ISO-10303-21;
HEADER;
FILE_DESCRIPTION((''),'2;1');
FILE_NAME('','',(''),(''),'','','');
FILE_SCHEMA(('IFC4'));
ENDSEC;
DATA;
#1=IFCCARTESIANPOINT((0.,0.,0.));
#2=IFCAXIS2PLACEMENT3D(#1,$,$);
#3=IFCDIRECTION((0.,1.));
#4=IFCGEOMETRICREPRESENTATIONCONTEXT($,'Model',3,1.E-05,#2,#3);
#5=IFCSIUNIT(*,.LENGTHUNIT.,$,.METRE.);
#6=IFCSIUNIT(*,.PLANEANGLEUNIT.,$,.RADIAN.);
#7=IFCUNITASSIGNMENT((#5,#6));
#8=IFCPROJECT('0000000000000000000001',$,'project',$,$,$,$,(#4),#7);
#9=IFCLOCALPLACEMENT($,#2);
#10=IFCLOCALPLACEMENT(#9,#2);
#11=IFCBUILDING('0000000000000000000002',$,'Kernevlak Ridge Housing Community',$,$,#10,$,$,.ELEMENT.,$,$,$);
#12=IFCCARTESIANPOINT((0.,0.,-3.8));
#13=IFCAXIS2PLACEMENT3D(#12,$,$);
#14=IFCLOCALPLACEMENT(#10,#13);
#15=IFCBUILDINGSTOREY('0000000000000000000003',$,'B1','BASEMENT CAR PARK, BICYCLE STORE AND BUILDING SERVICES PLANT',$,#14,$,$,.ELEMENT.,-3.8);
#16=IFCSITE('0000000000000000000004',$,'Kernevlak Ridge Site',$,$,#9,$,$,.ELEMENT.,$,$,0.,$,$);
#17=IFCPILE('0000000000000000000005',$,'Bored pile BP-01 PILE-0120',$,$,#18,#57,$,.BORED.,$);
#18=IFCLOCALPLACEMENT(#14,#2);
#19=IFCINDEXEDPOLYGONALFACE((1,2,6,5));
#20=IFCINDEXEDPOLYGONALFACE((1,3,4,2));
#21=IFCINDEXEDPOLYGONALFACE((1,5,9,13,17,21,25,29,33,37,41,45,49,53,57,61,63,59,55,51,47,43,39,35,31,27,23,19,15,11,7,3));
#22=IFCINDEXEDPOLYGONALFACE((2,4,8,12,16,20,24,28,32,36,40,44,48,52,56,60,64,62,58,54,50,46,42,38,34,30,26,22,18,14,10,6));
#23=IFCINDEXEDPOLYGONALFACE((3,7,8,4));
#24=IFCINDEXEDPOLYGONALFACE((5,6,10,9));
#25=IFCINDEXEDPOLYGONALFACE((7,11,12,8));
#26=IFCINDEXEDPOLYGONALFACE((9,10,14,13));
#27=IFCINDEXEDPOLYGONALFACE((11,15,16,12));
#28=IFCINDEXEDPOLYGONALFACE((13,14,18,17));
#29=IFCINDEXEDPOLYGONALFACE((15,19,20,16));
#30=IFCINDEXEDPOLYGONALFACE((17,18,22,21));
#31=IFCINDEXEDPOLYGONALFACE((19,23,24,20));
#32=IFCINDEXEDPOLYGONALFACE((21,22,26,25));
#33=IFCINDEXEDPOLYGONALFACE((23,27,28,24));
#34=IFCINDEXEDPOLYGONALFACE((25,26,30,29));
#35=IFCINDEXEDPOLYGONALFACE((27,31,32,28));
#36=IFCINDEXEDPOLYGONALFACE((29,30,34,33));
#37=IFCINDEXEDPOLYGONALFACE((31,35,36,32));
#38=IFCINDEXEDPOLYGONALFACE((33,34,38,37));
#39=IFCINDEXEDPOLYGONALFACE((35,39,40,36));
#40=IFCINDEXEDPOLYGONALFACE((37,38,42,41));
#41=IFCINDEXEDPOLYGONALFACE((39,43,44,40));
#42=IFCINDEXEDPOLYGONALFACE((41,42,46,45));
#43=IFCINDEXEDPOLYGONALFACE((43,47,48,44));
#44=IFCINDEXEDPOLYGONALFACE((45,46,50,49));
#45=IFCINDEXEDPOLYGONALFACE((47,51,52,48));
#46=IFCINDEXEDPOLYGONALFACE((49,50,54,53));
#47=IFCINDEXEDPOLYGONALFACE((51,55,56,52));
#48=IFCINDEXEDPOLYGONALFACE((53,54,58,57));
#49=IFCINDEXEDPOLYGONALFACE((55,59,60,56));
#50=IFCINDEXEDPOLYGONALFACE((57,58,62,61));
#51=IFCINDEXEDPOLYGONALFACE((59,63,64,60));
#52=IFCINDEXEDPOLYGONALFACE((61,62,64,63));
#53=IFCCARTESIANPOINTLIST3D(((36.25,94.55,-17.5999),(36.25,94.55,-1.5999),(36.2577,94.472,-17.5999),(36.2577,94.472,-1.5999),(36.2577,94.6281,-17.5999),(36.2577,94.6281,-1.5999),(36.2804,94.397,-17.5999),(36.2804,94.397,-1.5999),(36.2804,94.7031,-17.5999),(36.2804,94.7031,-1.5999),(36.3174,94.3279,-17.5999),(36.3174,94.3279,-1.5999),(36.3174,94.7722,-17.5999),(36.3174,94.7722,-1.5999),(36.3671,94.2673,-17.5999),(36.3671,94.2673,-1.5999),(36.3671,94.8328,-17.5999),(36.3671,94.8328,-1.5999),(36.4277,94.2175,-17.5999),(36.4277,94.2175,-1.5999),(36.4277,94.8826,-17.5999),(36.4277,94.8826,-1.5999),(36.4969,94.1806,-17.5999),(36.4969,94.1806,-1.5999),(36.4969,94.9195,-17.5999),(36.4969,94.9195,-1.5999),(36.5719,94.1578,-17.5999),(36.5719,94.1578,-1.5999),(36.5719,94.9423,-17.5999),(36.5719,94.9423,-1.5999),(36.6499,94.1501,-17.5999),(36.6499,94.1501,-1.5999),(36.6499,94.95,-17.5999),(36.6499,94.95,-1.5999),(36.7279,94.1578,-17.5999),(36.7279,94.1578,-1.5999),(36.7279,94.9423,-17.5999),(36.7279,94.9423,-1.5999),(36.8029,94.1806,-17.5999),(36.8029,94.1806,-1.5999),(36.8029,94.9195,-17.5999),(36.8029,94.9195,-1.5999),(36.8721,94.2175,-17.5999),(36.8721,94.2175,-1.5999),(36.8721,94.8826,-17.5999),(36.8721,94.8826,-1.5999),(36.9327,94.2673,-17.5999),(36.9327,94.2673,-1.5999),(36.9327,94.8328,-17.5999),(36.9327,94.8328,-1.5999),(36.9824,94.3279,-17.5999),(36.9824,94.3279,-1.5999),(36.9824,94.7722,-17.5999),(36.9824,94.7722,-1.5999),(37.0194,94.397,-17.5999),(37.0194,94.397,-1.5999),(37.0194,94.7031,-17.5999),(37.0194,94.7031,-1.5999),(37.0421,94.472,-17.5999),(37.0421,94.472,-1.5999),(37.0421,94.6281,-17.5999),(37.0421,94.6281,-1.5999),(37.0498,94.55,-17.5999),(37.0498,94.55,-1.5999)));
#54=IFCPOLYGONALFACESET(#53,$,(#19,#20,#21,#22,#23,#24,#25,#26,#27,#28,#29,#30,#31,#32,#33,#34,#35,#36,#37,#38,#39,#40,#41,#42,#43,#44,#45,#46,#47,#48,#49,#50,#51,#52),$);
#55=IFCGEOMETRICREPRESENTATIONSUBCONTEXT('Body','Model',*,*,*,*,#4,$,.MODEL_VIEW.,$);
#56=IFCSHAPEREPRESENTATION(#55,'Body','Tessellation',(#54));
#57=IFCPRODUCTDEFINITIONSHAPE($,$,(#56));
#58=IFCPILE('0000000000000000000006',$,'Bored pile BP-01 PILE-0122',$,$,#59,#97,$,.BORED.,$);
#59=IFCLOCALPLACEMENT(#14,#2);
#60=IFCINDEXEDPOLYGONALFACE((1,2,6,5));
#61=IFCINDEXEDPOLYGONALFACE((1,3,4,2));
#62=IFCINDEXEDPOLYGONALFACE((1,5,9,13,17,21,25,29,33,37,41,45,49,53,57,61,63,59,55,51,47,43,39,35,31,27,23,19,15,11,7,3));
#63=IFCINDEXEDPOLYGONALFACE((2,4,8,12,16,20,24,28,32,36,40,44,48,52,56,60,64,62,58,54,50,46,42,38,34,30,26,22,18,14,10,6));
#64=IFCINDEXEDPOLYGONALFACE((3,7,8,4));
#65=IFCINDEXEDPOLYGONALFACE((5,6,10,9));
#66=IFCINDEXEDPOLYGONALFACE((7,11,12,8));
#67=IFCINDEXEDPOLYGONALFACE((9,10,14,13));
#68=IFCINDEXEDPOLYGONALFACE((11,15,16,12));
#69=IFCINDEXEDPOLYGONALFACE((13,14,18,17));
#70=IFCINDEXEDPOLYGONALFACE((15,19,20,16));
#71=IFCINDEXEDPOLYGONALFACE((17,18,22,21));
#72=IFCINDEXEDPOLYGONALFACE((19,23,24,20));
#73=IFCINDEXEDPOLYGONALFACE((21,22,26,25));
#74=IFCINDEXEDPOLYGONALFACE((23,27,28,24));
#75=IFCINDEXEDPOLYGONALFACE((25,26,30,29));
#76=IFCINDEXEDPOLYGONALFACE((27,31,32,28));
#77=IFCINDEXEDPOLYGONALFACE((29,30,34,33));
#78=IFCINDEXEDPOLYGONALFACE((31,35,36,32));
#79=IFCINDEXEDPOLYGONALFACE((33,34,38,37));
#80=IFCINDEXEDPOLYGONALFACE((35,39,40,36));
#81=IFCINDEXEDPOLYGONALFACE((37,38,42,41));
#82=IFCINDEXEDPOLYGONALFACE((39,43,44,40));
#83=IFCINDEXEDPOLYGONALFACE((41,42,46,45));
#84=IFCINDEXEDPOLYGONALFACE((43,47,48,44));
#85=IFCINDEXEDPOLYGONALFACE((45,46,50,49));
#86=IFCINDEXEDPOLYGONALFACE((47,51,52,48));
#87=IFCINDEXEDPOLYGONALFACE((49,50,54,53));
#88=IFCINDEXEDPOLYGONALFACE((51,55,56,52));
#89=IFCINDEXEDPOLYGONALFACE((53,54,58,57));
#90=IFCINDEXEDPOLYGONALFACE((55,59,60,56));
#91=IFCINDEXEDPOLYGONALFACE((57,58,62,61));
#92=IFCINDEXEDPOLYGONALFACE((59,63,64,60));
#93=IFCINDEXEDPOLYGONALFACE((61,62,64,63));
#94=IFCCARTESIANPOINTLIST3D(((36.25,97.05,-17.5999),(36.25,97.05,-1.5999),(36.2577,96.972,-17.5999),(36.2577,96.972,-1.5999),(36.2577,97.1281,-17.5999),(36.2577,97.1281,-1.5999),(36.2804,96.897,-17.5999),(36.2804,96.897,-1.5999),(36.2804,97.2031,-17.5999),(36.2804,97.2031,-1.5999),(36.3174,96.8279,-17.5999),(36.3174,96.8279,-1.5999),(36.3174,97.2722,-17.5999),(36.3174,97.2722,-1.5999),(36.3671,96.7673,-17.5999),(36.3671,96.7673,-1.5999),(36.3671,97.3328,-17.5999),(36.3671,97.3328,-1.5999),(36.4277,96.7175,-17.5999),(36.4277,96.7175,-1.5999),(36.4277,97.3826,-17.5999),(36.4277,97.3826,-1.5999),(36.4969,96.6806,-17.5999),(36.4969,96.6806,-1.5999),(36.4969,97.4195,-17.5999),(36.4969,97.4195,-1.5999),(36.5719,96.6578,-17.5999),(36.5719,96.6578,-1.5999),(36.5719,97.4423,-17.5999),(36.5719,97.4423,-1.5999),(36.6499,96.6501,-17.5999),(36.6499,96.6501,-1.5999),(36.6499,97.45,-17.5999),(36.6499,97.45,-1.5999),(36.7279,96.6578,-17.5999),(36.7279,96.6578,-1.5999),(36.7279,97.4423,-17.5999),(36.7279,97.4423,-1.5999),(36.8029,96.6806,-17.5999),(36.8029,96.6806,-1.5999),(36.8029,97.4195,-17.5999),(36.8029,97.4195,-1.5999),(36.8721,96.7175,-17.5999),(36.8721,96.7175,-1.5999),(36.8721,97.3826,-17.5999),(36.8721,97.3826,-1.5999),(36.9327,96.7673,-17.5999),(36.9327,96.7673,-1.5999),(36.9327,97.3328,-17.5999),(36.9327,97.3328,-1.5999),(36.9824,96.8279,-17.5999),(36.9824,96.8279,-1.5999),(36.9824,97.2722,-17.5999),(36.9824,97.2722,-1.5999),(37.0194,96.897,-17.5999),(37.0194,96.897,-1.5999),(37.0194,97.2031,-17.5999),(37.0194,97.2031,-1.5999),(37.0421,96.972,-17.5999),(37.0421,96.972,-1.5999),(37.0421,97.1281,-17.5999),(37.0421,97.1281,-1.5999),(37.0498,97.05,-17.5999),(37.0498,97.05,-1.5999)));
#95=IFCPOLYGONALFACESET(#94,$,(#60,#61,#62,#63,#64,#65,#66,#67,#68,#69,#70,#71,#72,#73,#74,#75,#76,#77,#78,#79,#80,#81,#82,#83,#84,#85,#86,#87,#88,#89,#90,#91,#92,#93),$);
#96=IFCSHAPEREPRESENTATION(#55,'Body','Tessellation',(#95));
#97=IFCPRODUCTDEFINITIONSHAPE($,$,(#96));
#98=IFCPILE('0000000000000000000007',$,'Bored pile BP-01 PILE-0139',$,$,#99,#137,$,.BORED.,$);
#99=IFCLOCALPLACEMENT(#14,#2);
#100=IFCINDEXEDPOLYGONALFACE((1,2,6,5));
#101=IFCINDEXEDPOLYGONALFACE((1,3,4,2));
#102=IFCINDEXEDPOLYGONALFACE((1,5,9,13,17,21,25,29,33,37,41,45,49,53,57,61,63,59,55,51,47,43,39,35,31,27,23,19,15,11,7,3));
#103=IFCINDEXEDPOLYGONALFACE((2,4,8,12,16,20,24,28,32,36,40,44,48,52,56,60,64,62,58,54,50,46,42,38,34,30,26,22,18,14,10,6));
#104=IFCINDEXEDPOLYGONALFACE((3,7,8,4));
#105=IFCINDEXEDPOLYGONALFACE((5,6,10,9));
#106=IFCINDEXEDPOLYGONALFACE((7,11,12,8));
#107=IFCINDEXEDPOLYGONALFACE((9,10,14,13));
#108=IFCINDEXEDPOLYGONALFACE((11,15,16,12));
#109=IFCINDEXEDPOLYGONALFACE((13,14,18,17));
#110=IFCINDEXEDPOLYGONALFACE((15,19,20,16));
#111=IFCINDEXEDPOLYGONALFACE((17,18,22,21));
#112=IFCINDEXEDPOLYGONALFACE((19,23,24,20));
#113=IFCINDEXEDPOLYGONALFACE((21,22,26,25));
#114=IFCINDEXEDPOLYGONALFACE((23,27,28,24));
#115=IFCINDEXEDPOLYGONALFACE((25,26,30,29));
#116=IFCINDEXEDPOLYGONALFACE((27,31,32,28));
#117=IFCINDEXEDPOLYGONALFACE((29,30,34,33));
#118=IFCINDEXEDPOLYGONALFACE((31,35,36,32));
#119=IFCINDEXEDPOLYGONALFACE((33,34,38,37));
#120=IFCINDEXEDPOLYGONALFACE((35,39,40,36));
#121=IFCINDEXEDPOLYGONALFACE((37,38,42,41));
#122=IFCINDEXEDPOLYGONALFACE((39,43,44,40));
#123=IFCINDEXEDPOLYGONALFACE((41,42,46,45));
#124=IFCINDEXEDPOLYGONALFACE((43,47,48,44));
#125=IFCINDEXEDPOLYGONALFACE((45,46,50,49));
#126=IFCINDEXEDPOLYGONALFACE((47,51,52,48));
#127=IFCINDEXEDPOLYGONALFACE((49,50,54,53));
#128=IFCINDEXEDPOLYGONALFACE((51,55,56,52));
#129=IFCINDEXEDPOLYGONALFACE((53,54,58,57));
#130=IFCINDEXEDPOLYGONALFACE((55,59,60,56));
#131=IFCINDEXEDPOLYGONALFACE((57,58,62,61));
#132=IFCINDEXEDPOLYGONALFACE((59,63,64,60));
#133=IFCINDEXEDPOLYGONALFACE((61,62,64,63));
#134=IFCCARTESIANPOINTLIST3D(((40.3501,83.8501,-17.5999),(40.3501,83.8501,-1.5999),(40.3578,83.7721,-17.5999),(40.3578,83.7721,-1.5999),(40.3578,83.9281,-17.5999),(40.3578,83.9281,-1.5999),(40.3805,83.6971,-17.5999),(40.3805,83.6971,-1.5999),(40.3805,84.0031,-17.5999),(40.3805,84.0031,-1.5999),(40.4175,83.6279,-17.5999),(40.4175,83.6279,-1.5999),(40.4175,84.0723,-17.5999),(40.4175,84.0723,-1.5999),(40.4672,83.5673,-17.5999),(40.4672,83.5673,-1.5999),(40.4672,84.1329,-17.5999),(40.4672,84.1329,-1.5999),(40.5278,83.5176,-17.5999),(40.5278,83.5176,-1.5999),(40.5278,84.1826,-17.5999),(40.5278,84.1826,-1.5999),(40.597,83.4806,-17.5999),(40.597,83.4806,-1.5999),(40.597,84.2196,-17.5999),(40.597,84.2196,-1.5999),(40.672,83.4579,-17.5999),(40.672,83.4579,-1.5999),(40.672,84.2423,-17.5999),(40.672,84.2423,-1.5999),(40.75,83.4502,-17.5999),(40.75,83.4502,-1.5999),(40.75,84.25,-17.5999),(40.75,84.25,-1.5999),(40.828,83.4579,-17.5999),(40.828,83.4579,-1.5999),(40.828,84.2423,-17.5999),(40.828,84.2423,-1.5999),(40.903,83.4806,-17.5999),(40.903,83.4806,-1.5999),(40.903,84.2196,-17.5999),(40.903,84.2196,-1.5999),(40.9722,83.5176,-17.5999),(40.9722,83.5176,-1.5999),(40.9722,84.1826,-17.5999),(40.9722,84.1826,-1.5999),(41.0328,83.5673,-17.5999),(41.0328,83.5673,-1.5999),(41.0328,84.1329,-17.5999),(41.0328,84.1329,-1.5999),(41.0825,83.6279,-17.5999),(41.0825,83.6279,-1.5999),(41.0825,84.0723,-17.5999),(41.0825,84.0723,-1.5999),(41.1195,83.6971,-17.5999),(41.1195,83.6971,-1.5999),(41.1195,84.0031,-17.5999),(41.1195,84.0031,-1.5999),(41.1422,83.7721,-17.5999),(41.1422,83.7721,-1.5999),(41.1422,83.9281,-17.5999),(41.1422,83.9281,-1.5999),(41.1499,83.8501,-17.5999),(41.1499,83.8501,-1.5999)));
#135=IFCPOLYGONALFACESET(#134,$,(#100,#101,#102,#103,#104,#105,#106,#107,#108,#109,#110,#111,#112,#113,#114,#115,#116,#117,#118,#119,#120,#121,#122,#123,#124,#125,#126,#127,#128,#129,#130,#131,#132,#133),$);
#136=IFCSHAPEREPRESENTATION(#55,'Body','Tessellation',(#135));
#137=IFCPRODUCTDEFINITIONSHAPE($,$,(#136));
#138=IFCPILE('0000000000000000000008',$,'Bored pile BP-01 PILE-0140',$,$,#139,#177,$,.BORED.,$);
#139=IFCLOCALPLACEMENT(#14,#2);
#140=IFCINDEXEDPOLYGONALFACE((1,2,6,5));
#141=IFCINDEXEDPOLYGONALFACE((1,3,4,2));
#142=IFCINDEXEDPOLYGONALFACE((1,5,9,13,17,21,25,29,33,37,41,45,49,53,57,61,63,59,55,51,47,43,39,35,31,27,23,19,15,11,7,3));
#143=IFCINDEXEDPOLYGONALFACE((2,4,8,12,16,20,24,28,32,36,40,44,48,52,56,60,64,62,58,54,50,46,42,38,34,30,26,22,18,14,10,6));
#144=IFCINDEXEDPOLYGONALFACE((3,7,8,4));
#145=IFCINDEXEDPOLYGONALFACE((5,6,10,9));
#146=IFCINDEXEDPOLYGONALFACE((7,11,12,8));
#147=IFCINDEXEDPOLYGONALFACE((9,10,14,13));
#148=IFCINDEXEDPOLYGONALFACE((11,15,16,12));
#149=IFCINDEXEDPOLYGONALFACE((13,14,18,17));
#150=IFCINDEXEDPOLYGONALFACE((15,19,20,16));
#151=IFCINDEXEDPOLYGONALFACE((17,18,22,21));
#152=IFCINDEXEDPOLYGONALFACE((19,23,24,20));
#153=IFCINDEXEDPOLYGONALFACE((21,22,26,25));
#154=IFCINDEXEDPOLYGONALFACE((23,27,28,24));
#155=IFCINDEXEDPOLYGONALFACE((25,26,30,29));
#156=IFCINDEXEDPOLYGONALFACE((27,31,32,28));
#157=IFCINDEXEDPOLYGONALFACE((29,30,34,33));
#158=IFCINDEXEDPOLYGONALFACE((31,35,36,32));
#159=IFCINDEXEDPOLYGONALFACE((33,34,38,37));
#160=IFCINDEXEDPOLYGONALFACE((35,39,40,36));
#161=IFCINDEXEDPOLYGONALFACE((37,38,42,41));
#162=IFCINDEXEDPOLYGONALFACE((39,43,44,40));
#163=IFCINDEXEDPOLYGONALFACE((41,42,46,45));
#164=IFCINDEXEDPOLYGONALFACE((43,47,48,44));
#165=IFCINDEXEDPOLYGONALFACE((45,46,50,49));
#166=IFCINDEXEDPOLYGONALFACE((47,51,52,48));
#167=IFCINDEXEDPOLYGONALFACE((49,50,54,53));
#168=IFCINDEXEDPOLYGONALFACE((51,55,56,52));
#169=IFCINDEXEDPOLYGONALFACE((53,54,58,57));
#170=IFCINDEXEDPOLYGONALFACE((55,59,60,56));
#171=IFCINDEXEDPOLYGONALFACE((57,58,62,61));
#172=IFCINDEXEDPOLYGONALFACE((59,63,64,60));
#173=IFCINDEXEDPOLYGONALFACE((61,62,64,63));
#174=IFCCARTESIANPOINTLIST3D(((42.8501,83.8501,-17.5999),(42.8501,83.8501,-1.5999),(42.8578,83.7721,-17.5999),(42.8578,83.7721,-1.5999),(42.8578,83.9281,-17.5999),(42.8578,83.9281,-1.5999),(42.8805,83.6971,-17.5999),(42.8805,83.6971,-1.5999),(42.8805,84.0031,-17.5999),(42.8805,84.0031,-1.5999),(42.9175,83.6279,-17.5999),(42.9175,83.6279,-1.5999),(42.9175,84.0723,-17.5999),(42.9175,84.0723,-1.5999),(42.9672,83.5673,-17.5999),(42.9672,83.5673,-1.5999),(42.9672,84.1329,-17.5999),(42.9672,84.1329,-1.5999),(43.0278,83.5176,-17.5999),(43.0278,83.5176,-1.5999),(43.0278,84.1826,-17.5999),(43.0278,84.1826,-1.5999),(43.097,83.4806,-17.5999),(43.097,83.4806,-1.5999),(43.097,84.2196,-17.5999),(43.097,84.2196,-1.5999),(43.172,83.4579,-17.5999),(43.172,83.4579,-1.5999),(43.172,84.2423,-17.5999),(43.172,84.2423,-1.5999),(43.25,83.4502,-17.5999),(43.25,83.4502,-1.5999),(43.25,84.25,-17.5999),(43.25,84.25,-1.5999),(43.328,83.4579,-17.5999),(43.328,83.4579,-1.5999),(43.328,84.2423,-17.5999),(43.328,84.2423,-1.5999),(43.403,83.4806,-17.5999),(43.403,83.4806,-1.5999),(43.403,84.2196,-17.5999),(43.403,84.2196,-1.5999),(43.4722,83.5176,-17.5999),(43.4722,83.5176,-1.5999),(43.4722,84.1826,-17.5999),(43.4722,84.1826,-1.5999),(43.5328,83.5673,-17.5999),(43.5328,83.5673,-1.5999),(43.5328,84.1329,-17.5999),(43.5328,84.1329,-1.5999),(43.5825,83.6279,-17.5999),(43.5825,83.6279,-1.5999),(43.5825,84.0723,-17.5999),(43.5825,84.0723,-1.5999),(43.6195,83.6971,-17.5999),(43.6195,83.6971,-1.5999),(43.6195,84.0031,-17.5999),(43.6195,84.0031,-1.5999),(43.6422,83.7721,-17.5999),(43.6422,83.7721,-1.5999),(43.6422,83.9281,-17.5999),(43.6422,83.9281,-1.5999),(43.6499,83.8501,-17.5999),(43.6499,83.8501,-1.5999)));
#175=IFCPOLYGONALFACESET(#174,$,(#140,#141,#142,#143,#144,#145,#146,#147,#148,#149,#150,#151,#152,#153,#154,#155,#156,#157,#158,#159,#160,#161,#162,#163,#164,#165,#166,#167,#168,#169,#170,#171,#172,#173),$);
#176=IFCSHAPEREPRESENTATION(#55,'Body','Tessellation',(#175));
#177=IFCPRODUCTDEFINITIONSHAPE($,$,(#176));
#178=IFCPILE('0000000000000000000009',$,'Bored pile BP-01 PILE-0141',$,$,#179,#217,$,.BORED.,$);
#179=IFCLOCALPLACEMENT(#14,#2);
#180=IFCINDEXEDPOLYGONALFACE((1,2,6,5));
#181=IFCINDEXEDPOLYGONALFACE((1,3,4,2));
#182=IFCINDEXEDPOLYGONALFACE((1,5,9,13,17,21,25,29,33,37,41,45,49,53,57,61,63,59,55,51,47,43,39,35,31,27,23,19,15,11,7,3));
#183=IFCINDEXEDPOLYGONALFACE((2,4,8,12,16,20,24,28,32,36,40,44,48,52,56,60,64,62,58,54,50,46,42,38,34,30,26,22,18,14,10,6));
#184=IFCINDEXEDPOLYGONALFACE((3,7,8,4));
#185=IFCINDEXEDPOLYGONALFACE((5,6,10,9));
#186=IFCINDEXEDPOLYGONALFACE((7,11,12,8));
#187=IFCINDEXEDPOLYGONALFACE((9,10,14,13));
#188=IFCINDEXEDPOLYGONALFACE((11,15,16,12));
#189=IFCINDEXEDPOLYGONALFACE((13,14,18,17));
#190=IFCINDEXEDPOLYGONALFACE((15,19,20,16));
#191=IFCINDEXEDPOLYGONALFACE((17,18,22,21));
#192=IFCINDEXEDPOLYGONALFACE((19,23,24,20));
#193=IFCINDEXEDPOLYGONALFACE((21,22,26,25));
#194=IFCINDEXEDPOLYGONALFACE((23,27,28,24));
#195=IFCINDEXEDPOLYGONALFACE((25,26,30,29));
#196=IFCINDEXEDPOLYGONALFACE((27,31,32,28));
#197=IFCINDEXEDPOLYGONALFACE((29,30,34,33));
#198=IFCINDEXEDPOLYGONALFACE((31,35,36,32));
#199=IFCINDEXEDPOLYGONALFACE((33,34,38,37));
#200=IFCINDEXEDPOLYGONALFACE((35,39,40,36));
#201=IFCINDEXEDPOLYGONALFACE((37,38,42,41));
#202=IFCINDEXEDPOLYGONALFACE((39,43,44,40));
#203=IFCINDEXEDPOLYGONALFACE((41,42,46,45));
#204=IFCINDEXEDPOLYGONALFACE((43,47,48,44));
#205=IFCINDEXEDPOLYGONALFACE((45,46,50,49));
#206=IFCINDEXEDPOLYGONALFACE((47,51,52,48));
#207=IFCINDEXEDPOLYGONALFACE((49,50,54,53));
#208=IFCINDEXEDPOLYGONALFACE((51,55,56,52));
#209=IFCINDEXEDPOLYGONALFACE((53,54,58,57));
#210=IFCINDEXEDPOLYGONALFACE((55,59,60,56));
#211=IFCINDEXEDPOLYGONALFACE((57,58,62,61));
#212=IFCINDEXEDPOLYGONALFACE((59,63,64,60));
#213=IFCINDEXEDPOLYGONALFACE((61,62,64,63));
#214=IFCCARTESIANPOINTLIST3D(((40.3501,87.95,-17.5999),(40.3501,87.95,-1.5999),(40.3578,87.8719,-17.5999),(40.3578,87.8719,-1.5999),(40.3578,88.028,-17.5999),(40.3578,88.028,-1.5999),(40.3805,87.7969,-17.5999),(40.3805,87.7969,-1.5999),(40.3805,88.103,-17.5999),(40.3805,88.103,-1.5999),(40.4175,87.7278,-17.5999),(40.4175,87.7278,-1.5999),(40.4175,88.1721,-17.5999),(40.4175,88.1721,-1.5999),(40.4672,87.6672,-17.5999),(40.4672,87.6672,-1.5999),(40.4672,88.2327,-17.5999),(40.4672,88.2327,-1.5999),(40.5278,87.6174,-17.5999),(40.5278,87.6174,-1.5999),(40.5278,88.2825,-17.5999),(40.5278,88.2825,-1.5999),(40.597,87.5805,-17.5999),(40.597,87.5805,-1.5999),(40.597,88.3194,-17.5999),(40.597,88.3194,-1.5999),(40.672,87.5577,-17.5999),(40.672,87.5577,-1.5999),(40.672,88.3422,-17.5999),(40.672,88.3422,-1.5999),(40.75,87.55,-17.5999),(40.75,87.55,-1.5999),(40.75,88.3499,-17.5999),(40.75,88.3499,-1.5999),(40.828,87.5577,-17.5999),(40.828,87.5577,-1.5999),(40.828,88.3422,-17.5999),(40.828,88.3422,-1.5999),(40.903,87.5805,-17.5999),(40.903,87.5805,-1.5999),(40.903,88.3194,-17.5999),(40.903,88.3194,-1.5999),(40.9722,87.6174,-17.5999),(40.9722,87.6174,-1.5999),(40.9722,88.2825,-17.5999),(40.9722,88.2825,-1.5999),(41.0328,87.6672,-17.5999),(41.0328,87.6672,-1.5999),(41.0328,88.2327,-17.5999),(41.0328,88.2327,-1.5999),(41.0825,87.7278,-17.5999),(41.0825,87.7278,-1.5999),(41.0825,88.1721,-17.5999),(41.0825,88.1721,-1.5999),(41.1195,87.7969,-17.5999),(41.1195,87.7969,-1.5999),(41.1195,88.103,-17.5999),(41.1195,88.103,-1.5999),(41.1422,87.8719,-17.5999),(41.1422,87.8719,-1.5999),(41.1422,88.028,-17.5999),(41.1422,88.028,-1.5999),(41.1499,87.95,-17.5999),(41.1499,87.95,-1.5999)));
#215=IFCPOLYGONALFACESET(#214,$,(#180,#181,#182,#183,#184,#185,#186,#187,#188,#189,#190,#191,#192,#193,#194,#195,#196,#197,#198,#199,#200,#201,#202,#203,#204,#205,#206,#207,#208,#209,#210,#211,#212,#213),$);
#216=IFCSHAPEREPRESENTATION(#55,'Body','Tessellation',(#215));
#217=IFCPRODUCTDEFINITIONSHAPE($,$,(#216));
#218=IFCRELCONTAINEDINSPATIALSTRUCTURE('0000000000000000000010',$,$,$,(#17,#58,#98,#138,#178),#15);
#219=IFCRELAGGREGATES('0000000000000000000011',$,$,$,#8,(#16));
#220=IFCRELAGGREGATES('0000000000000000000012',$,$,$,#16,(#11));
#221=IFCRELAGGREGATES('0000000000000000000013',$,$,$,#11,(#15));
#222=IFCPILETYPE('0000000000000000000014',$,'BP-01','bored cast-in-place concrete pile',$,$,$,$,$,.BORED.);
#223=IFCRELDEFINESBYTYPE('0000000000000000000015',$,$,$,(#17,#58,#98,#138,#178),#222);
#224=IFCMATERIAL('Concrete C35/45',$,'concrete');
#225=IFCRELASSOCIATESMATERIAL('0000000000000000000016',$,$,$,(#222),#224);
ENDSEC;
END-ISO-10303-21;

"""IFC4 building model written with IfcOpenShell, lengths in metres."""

from ifc_helpers import new_model, si_unit, direction, frame, origin, origin_2d, place, context, subcontext, project, spatial, circle, extrude, material, material_profile, profile_set, type_object, element, save


model = new_model("IFC4")

# Units and contexts
model_context = context("Model", 3, precision=1e-05, world=origin(), true_north=direction((0.0, 1.0)))
body_context = subcontext(model_context, "Body", "Model", "MODEL_VIEW")
ifc_project = project(units=[si_unit("LENGTHUNIT", "METRE"), si_unit("PLANEANGLEUNIT", "RADIAN")], contexts=[model_context])

# Site, building, storey
site_placement = place(None, origin())
site = spatial("IfcSite", under=ifc_project, at=site_placement, Name="Kernevlak Ridge Site", CompositionType="ELEMENT", RefElevation=0.0)
building_placement = place(site_placement, origin())
building = spatial("IfcBuilding", under=site, at=building_placement, Name="Kernevlak Ridge Housing Community", CompositionType="ELEMENT")
storey_placement = place(building_placement, frame((0.0, 0.0, -3.8)))
storey = spatial("IfcBuildingStorey", under=building, at=storey_placement, Name="B1", Description="BASEMENT CAR PARK, BICYCLE STORE AND BUILDING SERVICES PLANT", CompositionType="ELEMENT", Elevation=-3.8)

# Piles
ifc_material_1 = material(Name="Concrete C35/45", Category="concrete")
ifc_material_profile_1 = material_profile(ifc_material_1, circle(Radius=0.3999, at=origin_2d()), Name="BORED PILE 800")
ifc_profile_set_1 = profile_set([ifc_material_profile_1], Name="Concrete C35/45")
pile_type = type_object("IfcPileType", Name="BP-01", Description="bored cast-in-place concrete pile", PredefinedType="BORED", material=ifc_profile_set_1)
for number, where, z_axis, x_axis, name in (
    (1, (36.6499, 94.55, -1.5999), (0.0, 0.0, -1.0), (1.0, 0.0, 0.0), "Bored pile BP-01 PILE-0120"),
    (2, (36.6499, 97.05, -1.5999), (0.0, 0.0, -1.0), (1.0, 0.0, 0.0), "Bored pile BP-01 PILE-0122"),
    (3, (40.75, 83.8501, -1.5999), (0.0, 0.0, -1.0), (1.0, 0.0, 0.0), "Bored pile BP-01 PILE-0139"),
    (4, (43.25, 83.8501, -1.5999), (0.0, 0.0, -1.0), (1.0, 0.0, 0.0), "Bored pile BP-01 PILE-0140"),
    (5, (40.75, 87.95, -1.5999), (0.0, 0.0, -1.0), (1.0, 0.0, 0.0), "Bored pile BP-01 PILE-0141"),
):
    element("IfcPile", number, at=place(storey_placement, frame(where, z_axis=z_axis, x_axis=x_axis)), inside=storey, type_object=pile_type, Name=name, PredefinedType="BORED", context=body_context, shape_type="SweptSolid", body=[
        extrude(circle(Radius=0.3999, at=origin_2d()), origin(), (0.0, 0.0, 1.0), 16.0),
    ])

save(model, "model.ifc")
